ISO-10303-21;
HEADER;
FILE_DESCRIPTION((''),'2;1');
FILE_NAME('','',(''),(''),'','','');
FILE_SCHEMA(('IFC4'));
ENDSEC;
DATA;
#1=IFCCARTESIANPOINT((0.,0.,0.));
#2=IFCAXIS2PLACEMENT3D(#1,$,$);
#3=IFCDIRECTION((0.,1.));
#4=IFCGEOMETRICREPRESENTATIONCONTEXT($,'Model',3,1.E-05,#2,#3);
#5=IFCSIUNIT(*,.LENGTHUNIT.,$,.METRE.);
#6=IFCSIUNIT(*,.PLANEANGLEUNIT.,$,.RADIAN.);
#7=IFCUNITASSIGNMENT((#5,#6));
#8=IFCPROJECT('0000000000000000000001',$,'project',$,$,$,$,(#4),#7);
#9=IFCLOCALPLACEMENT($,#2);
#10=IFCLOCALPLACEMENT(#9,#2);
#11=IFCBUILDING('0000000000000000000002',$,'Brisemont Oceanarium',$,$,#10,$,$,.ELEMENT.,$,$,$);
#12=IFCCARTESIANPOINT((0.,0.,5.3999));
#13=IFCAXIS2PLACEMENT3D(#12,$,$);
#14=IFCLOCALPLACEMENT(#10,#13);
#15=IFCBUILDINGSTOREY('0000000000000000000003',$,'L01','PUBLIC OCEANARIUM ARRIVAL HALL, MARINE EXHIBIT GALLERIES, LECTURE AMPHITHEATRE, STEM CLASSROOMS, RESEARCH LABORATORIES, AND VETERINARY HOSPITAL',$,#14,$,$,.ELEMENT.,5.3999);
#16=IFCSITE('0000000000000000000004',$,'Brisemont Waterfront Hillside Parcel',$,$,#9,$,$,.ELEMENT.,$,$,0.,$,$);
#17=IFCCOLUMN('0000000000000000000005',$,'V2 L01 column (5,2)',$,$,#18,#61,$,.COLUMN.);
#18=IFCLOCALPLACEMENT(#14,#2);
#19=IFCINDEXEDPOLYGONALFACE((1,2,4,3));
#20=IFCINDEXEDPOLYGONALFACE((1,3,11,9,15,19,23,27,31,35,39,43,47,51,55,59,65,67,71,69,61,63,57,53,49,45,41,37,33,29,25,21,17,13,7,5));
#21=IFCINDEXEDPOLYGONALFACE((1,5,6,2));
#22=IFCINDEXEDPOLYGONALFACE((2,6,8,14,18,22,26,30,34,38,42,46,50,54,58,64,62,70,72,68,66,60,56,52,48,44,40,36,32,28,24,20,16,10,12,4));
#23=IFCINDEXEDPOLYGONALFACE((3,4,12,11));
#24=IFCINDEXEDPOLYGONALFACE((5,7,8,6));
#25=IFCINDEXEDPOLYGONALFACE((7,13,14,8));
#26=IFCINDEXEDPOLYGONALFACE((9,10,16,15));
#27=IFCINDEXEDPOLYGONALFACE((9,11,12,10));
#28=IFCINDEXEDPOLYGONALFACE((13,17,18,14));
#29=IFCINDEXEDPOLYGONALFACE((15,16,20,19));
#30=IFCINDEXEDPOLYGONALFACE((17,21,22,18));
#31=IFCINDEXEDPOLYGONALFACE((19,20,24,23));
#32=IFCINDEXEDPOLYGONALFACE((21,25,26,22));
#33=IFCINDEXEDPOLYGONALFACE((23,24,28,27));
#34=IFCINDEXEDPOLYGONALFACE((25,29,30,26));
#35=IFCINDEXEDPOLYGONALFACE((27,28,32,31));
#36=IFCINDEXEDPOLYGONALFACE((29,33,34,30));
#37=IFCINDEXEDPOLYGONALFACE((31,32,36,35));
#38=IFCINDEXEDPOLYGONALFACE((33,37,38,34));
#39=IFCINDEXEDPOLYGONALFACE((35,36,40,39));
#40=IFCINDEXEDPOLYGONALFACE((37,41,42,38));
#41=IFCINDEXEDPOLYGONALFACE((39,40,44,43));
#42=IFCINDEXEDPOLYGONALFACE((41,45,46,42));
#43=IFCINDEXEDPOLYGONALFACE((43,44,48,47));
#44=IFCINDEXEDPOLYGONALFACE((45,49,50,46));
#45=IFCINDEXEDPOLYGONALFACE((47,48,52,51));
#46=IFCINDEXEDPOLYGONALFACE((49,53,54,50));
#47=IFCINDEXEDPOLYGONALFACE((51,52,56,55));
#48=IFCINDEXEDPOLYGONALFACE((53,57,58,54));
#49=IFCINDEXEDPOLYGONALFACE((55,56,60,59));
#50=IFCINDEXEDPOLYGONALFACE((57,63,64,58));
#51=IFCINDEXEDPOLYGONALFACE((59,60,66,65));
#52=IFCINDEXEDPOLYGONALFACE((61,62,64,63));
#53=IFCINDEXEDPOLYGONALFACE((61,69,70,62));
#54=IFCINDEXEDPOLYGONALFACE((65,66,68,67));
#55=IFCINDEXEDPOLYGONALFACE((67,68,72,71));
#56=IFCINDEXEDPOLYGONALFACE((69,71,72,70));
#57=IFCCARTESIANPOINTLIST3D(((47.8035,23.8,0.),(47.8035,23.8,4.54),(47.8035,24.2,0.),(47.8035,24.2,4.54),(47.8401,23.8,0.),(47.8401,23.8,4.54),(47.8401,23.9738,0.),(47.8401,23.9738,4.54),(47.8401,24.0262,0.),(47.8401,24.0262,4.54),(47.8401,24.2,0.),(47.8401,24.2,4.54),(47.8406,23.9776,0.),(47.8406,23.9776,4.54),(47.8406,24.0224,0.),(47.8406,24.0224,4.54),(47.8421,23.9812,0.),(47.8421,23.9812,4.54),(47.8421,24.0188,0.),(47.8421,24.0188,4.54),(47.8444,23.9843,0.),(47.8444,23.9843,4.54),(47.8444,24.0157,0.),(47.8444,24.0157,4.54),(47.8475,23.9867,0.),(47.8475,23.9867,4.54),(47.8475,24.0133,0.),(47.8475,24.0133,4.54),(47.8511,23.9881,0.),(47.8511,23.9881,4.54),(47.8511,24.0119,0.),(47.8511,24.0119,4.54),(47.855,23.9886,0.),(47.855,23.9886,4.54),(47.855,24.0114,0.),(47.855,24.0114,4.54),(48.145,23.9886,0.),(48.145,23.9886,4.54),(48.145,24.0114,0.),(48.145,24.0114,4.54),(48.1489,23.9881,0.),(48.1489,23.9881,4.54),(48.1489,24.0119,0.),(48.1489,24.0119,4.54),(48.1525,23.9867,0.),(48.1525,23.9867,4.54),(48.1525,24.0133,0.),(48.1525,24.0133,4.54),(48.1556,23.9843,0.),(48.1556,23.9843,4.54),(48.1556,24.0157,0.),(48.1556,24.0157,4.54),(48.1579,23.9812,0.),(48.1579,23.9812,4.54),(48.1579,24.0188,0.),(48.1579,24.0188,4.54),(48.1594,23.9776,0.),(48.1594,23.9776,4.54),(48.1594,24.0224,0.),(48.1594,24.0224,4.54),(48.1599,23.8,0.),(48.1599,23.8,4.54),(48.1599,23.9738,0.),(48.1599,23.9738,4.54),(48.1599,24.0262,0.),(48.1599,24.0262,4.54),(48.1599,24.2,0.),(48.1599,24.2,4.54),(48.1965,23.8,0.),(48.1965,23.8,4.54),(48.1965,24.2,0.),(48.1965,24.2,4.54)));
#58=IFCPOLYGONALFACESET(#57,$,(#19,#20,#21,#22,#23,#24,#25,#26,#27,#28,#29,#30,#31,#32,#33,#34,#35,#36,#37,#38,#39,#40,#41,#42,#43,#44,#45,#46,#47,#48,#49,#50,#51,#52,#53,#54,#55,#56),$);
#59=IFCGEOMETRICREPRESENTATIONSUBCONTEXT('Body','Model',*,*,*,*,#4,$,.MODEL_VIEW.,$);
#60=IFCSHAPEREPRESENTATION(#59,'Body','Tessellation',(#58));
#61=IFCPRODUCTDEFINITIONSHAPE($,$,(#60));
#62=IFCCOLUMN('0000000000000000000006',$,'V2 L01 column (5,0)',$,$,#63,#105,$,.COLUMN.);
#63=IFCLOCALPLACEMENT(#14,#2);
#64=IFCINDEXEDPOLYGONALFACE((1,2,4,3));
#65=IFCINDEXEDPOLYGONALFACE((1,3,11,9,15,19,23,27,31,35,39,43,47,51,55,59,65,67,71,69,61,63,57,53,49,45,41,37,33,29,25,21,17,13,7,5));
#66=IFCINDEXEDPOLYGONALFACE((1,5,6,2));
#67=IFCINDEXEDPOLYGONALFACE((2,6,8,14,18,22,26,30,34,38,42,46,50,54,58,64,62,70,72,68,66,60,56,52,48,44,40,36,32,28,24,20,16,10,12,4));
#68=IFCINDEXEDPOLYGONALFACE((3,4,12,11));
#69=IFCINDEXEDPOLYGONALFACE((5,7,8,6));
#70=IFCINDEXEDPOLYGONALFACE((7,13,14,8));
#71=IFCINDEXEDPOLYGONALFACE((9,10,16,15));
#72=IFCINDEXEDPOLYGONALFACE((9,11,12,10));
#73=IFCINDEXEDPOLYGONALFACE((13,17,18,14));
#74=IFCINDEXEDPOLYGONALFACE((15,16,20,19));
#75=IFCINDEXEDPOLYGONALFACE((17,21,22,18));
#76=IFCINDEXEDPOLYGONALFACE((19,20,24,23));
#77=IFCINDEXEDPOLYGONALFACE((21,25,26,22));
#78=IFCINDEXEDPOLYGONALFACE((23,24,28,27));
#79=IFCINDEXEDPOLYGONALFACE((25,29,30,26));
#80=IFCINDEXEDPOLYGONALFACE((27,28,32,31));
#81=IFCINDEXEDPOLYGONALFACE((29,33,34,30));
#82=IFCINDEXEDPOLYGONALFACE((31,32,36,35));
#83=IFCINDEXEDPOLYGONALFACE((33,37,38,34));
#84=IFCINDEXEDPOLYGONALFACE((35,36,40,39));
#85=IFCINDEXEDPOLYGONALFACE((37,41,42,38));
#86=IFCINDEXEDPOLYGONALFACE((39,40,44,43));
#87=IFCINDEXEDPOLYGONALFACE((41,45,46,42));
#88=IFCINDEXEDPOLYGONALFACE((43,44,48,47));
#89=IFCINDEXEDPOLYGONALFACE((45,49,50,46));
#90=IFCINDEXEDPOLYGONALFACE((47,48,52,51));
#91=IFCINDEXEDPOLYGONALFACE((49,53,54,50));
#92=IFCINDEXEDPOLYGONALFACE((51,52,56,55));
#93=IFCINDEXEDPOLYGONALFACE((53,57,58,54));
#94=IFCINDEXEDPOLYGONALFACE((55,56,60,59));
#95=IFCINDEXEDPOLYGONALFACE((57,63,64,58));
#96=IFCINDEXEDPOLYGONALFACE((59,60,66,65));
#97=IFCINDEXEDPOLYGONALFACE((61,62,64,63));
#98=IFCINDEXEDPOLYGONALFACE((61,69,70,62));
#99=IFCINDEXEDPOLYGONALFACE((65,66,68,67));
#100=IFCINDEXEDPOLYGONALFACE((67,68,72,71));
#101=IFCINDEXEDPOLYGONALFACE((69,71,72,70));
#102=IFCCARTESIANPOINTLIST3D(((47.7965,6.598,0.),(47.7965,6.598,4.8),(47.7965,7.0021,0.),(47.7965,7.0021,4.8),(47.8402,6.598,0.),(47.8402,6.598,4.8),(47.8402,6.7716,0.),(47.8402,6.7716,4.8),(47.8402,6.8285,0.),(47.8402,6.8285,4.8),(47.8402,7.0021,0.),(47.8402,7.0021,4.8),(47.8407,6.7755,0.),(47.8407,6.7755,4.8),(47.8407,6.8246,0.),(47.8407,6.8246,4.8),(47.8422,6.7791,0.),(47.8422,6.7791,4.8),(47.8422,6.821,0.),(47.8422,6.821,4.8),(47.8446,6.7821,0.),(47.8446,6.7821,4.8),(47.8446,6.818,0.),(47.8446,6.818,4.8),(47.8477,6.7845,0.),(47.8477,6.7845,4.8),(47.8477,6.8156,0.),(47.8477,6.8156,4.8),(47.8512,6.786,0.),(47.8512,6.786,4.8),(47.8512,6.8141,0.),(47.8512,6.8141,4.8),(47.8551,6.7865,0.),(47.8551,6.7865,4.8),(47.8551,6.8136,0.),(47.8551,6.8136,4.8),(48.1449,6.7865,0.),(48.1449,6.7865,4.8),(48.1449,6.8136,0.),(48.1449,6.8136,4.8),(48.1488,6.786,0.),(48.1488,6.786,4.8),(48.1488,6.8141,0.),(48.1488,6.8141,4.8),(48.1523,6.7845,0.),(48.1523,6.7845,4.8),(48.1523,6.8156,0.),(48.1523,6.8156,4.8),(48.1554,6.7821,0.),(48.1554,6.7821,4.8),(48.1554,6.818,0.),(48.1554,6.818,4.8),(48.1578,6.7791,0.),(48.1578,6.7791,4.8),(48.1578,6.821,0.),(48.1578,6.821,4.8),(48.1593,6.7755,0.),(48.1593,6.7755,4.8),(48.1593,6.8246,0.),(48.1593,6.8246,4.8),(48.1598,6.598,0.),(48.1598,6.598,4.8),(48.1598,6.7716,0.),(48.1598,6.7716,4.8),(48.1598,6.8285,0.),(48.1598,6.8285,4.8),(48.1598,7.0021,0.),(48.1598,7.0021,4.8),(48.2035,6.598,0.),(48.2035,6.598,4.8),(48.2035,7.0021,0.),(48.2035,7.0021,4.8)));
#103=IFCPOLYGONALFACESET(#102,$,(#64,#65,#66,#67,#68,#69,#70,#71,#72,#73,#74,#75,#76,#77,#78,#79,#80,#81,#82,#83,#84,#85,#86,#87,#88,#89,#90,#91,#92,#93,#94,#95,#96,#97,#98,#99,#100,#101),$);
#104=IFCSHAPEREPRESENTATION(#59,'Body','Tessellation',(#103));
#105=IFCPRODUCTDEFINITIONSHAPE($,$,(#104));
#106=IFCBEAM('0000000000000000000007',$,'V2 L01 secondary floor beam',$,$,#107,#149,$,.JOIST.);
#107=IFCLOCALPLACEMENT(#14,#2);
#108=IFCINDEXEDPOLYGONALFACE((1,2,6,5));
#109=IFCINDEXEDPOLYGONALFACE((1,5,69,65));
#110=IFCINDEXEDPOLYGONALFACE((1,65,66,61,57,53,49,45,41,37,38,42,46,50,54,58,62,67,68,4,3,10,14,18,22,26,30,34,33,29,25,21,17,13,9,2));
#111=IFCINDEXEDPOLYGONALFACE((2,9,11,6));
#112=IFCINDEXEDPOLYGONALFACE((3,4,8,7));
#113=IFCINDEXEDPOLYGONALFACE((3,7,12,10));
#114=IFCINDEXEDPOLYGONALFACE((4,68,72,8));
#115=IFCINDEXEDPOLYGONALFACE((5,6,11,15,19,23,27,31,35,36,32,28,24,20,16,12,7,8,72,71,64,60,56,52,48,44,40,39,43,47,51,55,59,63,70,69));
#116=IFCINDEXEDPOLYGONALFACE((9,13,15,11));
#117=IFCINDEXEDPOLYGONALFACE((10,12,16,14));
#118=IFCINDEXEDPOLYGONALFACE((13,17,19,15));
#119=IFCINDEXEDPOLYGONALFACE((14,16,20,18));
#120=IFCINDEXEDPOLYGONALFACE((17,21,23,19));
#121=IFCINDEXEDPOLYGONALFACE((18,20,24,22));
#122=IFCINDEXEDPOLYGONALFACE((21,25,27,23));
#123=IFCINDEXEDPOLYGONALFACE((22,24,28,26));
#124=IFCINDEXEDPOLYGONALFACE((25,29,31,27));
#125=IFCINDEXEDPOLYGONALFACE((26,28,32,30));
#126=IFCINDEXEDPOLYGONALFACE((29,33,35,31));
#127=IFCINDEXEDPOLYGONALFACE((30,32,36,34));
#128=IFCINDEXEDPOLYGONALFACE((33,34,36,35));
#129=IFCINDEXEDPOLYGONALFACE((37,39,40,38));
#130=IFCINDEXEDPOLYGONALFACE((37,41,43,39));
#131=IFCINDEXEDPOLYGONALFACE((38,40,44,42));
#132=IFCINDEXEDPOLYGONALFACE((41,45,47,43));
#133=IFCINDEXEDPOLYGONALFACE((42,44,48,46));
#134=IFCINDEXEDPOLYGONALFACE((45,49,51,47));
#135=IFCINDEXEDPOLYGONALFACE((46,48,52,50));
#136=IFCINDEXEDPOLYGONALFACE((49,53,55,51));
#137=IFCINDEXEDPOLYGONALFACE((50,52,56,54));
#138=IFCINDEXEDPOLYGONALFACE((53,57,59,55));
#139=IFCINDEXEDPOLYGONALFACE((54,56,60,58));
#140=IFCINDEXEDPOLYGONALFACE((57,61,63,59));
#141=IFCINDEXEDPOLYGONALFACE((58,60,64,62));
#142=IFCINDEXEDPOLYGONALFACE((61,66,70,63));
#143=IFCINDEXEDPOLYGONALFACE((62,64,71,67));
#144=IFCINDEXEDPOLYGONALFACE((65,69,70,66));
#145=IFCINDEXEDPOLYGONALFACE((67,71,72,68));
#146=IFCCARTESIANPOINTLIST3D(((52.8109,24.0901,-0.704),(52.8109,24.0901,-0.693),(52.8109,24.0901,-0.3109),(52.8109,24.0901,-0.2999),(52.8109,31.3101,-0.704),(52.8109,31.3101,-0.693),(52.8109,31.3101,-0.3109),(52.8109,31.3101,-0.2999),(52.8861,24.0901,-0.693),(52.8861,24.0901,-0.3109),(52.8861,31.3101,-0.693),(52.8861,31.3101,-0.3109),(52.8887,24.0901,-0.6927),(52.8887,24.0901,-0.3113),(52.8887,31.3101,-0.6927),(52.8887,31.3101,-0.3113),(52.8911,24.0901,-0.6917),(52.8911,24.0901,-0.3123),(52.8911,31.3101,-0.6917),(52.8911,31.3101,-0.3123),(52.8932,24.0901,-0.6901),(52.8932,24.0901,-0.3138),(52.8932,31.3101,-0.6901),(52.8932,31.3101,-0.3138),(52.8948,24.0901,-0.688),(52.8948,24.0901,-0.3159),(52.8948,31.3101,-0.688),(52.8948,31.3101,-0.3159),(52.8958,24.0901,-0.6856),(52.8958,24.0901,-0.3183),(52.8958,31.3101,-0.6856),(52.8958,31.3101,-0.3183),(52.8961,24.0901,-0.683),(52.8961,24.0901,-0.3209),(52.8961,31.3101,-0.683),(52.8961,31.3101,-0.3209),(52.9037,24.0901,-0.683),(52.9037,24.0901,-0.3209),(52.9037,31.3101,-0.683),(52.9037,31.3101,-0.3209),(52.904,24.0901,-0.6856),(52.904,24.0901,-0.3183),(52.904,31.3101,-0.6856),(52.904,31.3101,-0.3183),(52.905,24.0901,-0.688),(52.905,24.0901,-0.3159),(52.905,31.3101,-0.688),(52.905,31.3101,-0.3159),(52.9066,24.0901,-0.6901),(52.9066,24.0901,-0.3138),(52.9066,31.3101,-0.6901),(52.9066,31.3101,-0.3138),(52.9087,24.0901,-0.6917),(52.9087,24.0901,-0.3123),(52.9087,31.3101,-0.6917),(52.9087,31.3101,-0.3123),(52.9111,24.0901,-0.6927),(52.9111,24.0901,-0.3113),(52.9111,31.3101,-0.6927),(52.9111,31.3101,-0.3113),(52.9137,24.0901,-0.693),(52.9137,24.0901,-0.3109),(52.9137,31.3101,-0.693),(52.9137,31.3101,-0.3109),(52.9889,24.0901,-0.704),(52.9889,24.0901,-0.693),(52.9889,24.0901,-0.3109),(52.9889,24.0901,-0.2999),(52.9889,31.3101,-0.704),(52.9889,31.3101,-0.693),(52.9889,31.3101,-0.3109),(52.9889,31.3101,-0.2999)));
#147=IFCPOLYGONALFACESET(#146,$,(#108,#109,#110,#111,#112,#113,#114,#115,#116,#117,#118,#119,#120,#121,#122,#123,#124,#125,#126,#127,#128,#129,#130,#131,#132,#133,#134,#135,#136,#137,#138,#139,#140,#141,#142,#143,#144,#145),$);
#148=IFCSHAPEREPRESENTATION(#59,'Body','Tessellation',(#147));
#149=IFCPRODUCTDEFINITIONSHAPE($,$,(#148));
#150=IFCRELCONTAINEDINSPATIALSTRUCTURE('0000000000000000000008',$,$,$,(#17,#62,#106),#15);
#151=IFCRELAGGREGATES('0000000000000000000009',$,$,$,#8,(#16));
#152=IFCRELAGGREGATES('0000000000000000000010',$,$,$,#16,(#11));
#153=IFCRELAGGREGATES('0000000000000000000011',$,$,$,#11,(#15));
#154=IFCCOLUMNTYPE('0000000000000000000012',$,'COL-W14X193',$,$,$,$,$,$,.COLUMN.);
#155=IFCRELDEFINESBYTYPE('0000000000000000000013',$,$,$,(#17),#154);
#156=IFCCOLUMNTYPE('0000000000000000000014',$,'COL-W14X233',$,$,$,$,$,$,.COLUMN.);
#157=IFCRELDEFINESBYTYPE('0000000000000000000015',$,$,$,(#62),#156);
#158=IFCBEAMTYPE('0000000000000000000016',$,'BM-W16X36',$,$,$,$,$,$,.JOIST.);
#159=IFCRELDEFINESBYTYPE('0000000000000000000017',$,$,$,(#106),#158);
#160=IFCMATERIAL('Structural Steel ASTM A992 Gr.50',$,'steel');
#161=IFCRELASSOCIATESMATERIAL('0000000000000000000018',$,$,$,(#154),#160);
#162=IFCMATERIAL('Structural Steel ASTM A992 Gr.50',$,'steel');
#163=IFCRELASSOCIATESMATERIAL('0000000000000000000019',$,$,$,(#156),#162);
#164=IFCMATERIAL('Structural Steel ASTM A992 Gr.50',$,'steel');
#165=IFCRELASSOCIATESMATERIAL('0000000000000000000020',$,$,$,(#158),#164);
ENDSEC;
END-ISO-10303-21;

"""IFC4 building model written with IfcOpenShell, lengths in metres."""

from ifc_helpers import new_model, si_unit, direction, frame, origin, origin_2d, place, context, subcontext, project, spatial, i_section, extrude, material, material_profile, profile_set, type_object, element, save


model = new_model("IFC4")

# Units and contexts
model_context = context("Model", 3, precision=1e-05, world=origin(), true_north=direction((0.0, 1.0)))
body_context = subcontext(model_context, "Body", "Model", "MODEL_VIEW")
ifc_project = project(units=[si_unit("LENGTHUNIT", "METRE"), si_unit("PLANEANGLEUNIT", "RADIAN")], contexts=[model_context])

# Site, building, storey
site_placement = place(None, origin())
site = spatial("IfcSite", under=ifc_project, at=site_placement, Name="Brisemont Waterfront Hillside Parcel", CompositionType="ELEMENT", RefElevation=0.0)
building_placement = place(site_placement, origin())
building = spatial("IfcBuilding", under=site, at=building_placement, Name="Brisemont Oceanarium", CompositionType="ELEMENT")
storey_placement = place(building_placement, frame((0.0, 0.0, 5.3999)))
storey = spatial("IfcBuildingStorey", under=building, at=storey_placement, Name="L01", Description="PUBLIC OCEANARIUM ARRIVAL HALL, MARINE EXHIBIT GALLERIES, LECTURE AMPHITHEATRE, STEM CLASSROOMS, RESEARCH LABORATORIES, AND VETERINARY HOSPITAL", CompositionType="ELEMENT", Elevation=5.3999)

# Columns
ifc_material_1 = material(Name="Structural Steel ASTM A992 Gr.50", Category="steel")
ifc_material_profile_1 = material_profile(ifc_material_1, i_section(OverallWidth=0.3999, OverallDepth=0.3931, WebThickness=0.0227, FlangeThickness=0.0366, FilletRadius=0.0149, at=origin_2d()), Name="W14X193")
ifc_profile_set_1 = profile_set([ifc_material_profile_1], Name="Structural Steel ASTM A992 Gr.50")
column_type_1 = type_object("IfcColumnType", Name="COL-W14X193", PredefinedType="COLUMN", material=ifc_profile_set_1)
column_1_placement = place(storey_placement, frame((48.0, 24.0, 0.0), z_axis=(0.0, 0.0, 1.0), x_axis=(0.0, 1.0, 0.0)))
element("IfcColumn", 1, at=column_1_placement, inside=storey, type_object=column_type_1, Name="V2 L01 column (5,2)", PredefinedType="COLUMN", context=body_context, shape_type="SweptSolid", body=[
    extrude(i_section(OverallWidth=0.3999, OverallDepth=0.3931, WebThickness=0.0227, FlangeThickness=0.0366, FilletRadius=0.0149, at=origin_2d()), origin(), (0.0, 0.0, 1.0), 4.54),
])
ifc_material_2 = material(Name="Structural Steel ASTM A992 Gr.50", Category="steel")
ifc_material_profile_2 = material_profile(ifc_material_2, i_section(OverallWidth=0.4041, OverallDepth=0.407, WebThickness=0.0271, FlangeThickness=0.0437, FilletRadius=0.0149, at=origin_2d()), Name="W14X233")
ifc_profile_set_2 = profile_set([ifc_material_profile_2], Name="Structural Steel ASTM A992 Gr.50")
column_type_2 = type_object("IfcColumnType", Name="COL-W14X233", PredefinedType="COLUMN", material=ifc_profile_set_2)
column_2_placement = place(storey_placement, frame((48.0, 6.8, 0.0), z_axis=(0.0, 0.0, 1.0), x_axis=(0.0, 1.0, 0.0)))
element("IfcColumn", 2, at=column_2_placement, inside=storey, type_object=column_type_2, Name="V2 L01 column (5,0)", PredefinedType="COLUMN", context=body_context, shape_type="SweptSolid", body=[
    extrude(i_section(OverallWidth=0.4041, OverallDepth=0.407, WebThickness=0.0271, FlangeThickness=0.0437, FilletRadius=0.0149, at=origin_2d()), origin(), (0.0, 0.0, 1.0), 4.8),
])

# Beam
ifc_material_3 = material(Name="Structural Steel ASTM A992 Gr.50", Category="steel")
ifc_material_profile_3 = material_profile(ifc_material_3, i_section(OverallWidth=0.178, OverallDepth=0.4041, WebThickness=0.0076, FlangeThickness=0.011, FilletRadius=0.01, at=origin_2d()), Name="W16X36")
ifc_profile_set_3 = profile_set([ifc_material_profile_3], Name="Structural Steel ASTM A992 Gr.50")
beam_type_1 = type_object("IfcBeamType", Name="BM-W16X36", PredefinedType="JOIST", material=ifc_profile_set_3)
beam_1_placement = place(storey_placement, frame((52.8999, 24.0901, -0.502), z_axis=(0.0, 1.0, 0.0), x_axis=(-1.0, 0.0, 0.0)))
element("IfcBeam", 3, at=beam_1_placement, inside=storey, type_object=beam_type_1, Name="V2 L01 secondary floor beam", PredefinedType="JOIST", context=body_context, shape_type="SweptSolid", body=[
    extrude(i_section(OverallWidth=0.178, OverallDepth=0.4041, WebThickness=0.0076, FlangeThickness=0.011, FilletRadius=0.01, at=origin_2d()), origin(), (0.0, 0.0, 1.0), 7.22),
])

save(model, "model.ifc")
